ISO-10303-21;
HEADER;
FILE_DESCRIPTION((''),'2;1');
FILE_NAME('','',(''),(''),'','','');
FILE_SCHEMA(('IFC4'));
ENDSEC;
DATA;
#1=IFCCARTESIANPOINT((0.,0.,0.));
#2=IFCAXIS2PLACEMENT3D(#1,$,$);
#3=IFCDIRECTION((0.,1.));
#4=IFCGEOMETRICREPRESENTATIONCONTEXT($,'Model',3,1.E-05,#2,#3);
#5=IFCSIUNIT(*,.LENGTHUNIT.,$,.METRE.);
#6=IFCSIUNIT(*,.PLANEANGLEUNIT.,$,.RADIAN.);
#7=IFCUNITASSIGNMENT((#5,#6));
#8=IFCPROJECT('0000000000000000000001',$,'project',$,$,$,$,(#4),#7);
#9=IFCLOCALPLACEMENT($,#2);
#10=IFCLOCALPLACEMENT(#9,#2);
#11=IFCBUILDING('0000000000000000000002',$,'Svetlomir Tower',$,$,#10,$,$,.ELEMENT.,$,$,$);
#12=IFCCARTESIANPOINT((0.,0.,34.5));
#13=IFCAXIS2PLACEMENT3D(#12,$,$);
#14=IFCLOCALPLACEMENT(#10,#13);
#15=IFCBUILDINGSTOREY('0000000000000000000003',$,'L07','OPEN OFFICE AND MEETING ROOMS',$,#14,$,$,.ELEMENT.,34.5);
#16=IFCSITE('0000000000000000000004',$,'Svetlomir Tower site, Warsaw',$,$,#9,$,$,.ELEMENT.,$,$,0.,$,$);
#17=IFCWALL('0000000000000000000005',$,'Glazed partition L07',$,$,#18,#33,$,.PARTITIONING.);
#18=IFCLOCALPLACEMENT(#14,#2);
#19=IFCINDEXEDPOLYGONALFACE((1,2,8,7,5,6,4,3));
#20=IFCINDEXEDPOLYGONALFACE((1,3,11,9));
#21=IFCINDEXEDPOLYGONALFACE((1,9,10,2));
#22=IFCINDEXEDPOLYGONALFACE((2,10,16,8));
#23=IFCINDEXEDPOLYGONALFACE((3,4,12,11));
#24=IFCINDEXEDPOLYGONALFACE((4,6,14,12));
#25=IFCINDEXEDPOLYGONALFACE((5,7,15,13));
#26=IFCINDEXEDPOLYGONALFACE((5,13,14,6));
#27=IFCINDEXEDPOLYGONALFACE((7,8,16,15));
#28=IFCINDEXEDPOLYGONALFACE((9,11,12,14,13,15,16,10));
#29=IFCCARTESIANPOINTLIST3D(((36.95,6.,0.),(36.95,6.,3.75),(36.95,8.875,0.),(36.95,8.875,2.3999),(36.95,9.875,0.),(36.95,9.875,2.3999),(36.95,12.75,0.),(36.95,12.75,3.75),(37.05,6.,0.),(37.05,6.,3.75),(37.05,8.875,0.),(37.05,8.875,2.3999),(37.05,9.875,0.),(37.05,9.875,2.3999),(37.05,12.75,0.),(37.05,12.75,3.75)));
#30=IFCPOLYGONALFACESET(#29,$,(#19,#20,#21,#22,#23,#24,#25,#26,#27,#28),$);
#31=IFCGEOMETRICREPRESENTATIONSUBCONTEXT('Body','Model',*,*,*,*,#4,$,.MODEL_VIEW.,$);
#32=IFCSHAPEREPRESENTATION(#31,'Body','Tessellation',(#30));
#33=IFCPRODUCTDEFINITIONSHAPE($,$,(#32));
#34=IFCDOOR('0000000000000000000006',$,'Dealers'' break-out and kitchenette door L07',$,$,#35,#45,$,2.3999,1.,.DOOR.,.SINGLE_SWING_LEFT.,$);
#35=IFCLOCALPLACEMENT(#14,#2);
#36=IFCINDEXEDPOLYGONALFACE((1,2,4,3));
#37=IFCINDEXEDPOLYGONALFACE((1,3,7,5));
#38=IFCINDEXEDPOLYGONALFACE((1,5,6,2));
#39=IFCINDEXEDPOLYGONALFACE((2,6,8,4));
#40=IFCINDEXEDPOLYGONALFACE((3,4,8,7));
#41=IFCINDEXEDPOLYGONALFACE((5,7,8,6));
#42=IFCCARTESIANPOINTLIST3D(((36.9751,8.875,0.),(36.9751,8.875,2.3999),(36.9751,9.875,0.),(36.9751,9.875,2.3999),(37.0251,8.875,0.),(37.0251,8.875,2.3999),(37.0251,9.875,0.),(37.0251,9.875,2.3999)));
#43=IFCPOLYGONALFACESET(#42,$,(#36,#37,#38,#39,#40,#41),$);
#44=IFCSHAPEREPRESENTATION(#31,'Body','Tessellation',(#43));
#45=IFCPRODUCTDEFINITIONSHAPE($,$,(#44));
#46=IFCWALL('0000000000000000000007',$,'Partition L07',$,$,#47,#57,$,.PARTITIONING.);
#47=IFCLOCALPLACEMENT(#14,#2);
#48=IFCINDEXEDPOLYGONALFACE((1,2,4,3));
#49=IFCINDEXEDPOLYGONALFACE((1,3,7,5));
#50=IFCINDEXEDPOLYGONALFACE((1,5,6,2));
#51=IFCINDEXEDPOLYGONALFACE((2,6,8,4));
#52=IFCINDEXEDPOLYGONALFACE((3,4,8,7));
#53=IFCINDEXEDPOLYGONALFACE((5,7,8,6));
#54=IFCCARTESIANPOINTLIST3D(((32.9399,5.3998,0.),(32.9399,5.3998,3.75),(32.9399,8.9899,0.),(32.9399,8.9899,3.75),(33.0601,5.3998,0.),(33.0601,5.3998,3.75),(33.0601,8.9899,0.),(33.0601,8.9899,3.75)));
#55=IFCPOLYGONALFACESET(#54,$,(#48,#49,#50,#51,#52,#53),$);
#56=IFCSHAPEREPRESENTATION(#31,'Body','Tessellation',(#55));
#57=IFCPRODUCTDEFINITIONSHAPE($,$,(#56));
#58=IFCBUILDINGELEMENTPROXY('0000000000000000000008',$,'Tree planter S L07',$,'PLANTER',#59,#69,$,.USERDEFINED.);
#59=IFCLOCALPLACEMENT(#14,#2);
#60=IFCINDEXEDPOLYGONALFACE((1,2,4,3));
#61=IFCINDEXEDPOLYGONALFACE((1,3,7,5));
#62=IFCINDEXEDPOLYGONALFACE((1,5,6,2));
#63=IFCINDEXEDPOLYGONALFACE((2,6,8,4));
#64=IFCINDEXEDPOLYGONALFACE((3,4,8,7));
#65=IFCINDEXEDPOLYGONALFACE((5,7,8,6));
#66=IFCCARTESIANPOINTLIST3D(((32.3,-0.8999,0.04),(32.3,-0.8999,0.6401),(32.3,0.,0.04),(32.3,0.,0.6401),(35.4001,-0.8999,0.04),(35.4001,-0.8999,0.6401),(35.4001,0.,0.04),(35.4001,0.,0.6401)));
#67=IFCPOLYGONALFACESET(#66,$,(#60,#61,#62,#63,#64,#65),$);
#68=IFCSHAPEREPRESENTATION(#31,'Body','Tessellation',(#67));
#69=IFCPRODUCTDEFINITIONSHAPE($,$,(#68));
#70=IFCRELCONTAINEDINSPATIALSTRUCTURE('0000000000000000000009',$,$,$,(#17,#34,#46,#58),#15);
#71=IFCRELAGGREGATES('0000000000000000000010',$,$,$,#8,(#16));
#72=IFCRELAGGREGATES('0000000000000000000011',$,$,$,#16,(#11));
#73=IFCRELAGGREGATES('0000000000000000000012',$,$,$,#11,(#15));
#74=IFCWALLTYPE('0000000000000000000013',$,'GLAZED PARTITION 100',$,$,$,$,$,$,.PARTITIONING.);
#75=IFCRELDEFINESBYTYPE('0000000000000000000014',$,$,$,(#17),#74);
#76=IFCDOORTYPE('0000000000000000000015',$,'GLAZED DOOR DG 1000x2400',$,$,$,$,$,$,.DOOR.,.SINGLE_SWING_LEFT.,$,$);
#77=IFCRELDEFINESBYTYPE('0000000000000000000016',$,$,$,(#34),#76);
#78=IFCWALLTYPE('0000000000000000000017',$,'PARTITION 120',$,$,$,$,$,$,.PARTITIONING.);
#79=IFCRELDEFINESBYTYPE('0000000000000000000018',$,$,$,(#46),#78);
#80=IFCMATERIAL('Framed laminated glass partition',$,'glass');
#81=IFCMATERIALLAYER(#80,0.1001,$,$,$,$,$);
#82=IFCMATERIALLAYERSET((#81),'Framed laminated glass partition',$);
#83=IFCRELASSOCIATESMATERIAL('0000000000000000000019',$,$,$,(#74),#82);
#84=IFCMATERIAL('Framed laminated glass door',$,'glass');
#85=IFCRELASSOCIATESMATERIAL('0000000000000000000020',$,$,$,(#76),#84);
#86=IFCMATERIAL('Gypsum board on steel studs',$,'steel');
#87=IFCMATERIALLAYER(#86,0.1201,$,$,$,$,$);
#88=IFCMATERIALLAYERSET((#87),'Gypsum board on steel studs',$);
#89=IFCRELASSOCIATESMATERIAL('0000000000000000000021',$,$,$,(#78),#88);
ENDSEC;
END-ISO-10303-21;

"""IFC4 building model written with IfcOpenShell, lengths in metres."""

from ifc_helpers import new_model, si_unit, direction, frame, frame_2d, origin, origin_2d, place, context, subcontext, project, spatial, rectangle, extrude, material, layer, layer_set, type_object, element, fill, save


model = new_model("IFC4")

# Units and contexts
model_context = context("Model", 3, precision=1e-05, world=origin(), true_north=direction((0.0, 1.0)))
body_context = subcontext(model_context, "Body", "Model", "MODEL_VIEW")
ifc_project = project(units=[si_unit("LENGTHUNIT", "METRE"), si_unit("PLANEANGLEUNIT", "RADIAN")], contexts=[model_context])

# Site, building, storey
site_placement = place(None, origin())
site = spatial("IfcSite", under=ifc_project, at=site_placement, Name="Svetlomir Tower site, Warsaw", CompositionType="ELEMENT", RefElevation=0.0)
building_placement = place(site_placement, origin())
building = spatial("IfcBuilding", under=site, at=building_placement, Name="Svetlomir Tower", CompositionType="ELEMENT")
storey_placement = place(building_placement, frame((0.0, 0.0, 34.5)))
storey = spatial("IfcBuildingStorey", under=building, at=storey_placement, Name="L07", Description="OPEN OFFICE AND MEETING ROOMS", CompositionType="ELEMENT", Elevation=34.5)

# Wall, opening, door
ifc_material_1 = material(Name="Framed laminated glass partition", Category="glass")
ifc_layer_1 = layer(ifc_material_1, 0.1001)
ifc_layer_set_1 = layer_set([ifc_layer_1], Name="Framed laminated glass partition")
wall_type_1 = type_object("IfcWallType", Name="GLAZED PARTITION 100", PredefinedType="PARTITIONING", material=ifc_layer_set_1)
wall_1_placement = place(storey_placement, frame((37.0, 6.0, 0.0), z_axis=(0.0, 0.0, 1.0), x_axis=(0.0, 1.0, 0.0)))
wall_1 = element("IfcWall", 1, at=wall_1_placement, inside=storey, type_object=wall_type_1, Name="Glazed partition L07", PredefinedType="PARTITIONING", context=body_context, shape_type="SweptSolid", body=[
    extrude(rectangle(XDim=6.75, YDim=0.1001, at=frame_2d((3.375, 0.0))), origin(), (0.0, 0.0, 1.0), 3.75),
])
opening_placement = place(wall_1_placement, frame((2.875, 0.0, 0.0)))
opening = element("IfcOpeningElement", 2, at=opening_placement, cuts=wall_1, PredefinedType="OPENING", context=body_context, shape_type="SweptSolid", body=[
    extrude(rectangle(XDim=1.0, YDim=2.3999, at=frame_2d((0.5, 1.2))), frame((0.0, 0.0601, 0.0), z_axis=(0.0, -1.0, 0.0), x_axis=(1.0, 0.0, 0.0)), (0.0, 0.0, 1.0), 0.1201),
])
ifc_material_2 = material(Name="Framed laminated glass door", Category="glass")
door_type = type_object("IfcDoorType", Name="GLAZED DOOR DG 1000x2400", OperationType="SINGLE_SWING_LEFT", PredefinedType="DOOR", material=ifc_material_2)
door_placement = place(opening_placement, origin())
door = element("IfcDoor", 3, at=door_placement, inside=storey, type_object=door_type, Name="Dealers' break-out and kitchenette door L07", OperationType="SINGLE_SWING_LEFT", OverallHeight=2.3999, OverallWidth=1.0, PredefinedType="DOOR", context=body_context, shape_type="SweptSolid", body=[
    extrude(rectangle(XDim=1.0, YDim=2.3999, at=frame_2d((0.5, 1.2))), frame((0.0, 0.0249, 0.0), z_axis=(0.0, -1.0, 0.0), x_axis=(1.0, 0.0, 0.0)), (0.0, 0.0, 1.0), 0.05),
])
fill(opening, door)

# Wall
ifc_material_3 = material(Name="Gypsum board on steel studs", Category="steel")
ifc_layer_2 = layer(ifc_material_3, 0.1201)
ifc_layer_set_2 = layer_set([ifc_layer_2], Name="Gypsum board on steel studs")
wall_type_2 = type_object("IfcWallType", Name="PARTITION 120", PredefinedType="PARTITIONING", material=ifc_layer_set_2)
wall_2_placement = place(storey_placement, frame((33.0, 5.3999, 0.0), z_axis=(0.0, 0.0, 1.0), x_axis=(0.0, 1.0, 0.0)))
element("IfcWall", 4, at=wall_2_placement, inside=storey, type_object=wall_type_2, Name="Partition L07", PredefinedType="PARTITIONING", context=body_context, shape_type="SweptSolid", body=[
    extrude(rectangle(XDim=3.5901, YDim=0.1201, at=frame_2d((1.7949, 0.0))), origin(), (0.0, 0.0, 1.0), 3.75),
])

# Building element proxy
proxy_placement = place(storey_placement, frame((33.8501, -0.45, 0.04), z_axis=(0.0, 0.0, 1.0), x_axis=(1.0, 0.0, 0.0)))
element("IfcBuildingElementProxy", 5, at=proxy_placement, inside=storey, Name="Tree planter S L07", ObjectType="PLANTER", PredefinedType="USERDEFINED", context=body_context, shape_type="SweptSolid", body=[
    extrude(rectangle(XDim=3.1001, YDim=0.8999, at=origin_2d()), origin(), (0.0, 0.0, 1.0), 0.6001),
])

save(model, "model.ifc")
